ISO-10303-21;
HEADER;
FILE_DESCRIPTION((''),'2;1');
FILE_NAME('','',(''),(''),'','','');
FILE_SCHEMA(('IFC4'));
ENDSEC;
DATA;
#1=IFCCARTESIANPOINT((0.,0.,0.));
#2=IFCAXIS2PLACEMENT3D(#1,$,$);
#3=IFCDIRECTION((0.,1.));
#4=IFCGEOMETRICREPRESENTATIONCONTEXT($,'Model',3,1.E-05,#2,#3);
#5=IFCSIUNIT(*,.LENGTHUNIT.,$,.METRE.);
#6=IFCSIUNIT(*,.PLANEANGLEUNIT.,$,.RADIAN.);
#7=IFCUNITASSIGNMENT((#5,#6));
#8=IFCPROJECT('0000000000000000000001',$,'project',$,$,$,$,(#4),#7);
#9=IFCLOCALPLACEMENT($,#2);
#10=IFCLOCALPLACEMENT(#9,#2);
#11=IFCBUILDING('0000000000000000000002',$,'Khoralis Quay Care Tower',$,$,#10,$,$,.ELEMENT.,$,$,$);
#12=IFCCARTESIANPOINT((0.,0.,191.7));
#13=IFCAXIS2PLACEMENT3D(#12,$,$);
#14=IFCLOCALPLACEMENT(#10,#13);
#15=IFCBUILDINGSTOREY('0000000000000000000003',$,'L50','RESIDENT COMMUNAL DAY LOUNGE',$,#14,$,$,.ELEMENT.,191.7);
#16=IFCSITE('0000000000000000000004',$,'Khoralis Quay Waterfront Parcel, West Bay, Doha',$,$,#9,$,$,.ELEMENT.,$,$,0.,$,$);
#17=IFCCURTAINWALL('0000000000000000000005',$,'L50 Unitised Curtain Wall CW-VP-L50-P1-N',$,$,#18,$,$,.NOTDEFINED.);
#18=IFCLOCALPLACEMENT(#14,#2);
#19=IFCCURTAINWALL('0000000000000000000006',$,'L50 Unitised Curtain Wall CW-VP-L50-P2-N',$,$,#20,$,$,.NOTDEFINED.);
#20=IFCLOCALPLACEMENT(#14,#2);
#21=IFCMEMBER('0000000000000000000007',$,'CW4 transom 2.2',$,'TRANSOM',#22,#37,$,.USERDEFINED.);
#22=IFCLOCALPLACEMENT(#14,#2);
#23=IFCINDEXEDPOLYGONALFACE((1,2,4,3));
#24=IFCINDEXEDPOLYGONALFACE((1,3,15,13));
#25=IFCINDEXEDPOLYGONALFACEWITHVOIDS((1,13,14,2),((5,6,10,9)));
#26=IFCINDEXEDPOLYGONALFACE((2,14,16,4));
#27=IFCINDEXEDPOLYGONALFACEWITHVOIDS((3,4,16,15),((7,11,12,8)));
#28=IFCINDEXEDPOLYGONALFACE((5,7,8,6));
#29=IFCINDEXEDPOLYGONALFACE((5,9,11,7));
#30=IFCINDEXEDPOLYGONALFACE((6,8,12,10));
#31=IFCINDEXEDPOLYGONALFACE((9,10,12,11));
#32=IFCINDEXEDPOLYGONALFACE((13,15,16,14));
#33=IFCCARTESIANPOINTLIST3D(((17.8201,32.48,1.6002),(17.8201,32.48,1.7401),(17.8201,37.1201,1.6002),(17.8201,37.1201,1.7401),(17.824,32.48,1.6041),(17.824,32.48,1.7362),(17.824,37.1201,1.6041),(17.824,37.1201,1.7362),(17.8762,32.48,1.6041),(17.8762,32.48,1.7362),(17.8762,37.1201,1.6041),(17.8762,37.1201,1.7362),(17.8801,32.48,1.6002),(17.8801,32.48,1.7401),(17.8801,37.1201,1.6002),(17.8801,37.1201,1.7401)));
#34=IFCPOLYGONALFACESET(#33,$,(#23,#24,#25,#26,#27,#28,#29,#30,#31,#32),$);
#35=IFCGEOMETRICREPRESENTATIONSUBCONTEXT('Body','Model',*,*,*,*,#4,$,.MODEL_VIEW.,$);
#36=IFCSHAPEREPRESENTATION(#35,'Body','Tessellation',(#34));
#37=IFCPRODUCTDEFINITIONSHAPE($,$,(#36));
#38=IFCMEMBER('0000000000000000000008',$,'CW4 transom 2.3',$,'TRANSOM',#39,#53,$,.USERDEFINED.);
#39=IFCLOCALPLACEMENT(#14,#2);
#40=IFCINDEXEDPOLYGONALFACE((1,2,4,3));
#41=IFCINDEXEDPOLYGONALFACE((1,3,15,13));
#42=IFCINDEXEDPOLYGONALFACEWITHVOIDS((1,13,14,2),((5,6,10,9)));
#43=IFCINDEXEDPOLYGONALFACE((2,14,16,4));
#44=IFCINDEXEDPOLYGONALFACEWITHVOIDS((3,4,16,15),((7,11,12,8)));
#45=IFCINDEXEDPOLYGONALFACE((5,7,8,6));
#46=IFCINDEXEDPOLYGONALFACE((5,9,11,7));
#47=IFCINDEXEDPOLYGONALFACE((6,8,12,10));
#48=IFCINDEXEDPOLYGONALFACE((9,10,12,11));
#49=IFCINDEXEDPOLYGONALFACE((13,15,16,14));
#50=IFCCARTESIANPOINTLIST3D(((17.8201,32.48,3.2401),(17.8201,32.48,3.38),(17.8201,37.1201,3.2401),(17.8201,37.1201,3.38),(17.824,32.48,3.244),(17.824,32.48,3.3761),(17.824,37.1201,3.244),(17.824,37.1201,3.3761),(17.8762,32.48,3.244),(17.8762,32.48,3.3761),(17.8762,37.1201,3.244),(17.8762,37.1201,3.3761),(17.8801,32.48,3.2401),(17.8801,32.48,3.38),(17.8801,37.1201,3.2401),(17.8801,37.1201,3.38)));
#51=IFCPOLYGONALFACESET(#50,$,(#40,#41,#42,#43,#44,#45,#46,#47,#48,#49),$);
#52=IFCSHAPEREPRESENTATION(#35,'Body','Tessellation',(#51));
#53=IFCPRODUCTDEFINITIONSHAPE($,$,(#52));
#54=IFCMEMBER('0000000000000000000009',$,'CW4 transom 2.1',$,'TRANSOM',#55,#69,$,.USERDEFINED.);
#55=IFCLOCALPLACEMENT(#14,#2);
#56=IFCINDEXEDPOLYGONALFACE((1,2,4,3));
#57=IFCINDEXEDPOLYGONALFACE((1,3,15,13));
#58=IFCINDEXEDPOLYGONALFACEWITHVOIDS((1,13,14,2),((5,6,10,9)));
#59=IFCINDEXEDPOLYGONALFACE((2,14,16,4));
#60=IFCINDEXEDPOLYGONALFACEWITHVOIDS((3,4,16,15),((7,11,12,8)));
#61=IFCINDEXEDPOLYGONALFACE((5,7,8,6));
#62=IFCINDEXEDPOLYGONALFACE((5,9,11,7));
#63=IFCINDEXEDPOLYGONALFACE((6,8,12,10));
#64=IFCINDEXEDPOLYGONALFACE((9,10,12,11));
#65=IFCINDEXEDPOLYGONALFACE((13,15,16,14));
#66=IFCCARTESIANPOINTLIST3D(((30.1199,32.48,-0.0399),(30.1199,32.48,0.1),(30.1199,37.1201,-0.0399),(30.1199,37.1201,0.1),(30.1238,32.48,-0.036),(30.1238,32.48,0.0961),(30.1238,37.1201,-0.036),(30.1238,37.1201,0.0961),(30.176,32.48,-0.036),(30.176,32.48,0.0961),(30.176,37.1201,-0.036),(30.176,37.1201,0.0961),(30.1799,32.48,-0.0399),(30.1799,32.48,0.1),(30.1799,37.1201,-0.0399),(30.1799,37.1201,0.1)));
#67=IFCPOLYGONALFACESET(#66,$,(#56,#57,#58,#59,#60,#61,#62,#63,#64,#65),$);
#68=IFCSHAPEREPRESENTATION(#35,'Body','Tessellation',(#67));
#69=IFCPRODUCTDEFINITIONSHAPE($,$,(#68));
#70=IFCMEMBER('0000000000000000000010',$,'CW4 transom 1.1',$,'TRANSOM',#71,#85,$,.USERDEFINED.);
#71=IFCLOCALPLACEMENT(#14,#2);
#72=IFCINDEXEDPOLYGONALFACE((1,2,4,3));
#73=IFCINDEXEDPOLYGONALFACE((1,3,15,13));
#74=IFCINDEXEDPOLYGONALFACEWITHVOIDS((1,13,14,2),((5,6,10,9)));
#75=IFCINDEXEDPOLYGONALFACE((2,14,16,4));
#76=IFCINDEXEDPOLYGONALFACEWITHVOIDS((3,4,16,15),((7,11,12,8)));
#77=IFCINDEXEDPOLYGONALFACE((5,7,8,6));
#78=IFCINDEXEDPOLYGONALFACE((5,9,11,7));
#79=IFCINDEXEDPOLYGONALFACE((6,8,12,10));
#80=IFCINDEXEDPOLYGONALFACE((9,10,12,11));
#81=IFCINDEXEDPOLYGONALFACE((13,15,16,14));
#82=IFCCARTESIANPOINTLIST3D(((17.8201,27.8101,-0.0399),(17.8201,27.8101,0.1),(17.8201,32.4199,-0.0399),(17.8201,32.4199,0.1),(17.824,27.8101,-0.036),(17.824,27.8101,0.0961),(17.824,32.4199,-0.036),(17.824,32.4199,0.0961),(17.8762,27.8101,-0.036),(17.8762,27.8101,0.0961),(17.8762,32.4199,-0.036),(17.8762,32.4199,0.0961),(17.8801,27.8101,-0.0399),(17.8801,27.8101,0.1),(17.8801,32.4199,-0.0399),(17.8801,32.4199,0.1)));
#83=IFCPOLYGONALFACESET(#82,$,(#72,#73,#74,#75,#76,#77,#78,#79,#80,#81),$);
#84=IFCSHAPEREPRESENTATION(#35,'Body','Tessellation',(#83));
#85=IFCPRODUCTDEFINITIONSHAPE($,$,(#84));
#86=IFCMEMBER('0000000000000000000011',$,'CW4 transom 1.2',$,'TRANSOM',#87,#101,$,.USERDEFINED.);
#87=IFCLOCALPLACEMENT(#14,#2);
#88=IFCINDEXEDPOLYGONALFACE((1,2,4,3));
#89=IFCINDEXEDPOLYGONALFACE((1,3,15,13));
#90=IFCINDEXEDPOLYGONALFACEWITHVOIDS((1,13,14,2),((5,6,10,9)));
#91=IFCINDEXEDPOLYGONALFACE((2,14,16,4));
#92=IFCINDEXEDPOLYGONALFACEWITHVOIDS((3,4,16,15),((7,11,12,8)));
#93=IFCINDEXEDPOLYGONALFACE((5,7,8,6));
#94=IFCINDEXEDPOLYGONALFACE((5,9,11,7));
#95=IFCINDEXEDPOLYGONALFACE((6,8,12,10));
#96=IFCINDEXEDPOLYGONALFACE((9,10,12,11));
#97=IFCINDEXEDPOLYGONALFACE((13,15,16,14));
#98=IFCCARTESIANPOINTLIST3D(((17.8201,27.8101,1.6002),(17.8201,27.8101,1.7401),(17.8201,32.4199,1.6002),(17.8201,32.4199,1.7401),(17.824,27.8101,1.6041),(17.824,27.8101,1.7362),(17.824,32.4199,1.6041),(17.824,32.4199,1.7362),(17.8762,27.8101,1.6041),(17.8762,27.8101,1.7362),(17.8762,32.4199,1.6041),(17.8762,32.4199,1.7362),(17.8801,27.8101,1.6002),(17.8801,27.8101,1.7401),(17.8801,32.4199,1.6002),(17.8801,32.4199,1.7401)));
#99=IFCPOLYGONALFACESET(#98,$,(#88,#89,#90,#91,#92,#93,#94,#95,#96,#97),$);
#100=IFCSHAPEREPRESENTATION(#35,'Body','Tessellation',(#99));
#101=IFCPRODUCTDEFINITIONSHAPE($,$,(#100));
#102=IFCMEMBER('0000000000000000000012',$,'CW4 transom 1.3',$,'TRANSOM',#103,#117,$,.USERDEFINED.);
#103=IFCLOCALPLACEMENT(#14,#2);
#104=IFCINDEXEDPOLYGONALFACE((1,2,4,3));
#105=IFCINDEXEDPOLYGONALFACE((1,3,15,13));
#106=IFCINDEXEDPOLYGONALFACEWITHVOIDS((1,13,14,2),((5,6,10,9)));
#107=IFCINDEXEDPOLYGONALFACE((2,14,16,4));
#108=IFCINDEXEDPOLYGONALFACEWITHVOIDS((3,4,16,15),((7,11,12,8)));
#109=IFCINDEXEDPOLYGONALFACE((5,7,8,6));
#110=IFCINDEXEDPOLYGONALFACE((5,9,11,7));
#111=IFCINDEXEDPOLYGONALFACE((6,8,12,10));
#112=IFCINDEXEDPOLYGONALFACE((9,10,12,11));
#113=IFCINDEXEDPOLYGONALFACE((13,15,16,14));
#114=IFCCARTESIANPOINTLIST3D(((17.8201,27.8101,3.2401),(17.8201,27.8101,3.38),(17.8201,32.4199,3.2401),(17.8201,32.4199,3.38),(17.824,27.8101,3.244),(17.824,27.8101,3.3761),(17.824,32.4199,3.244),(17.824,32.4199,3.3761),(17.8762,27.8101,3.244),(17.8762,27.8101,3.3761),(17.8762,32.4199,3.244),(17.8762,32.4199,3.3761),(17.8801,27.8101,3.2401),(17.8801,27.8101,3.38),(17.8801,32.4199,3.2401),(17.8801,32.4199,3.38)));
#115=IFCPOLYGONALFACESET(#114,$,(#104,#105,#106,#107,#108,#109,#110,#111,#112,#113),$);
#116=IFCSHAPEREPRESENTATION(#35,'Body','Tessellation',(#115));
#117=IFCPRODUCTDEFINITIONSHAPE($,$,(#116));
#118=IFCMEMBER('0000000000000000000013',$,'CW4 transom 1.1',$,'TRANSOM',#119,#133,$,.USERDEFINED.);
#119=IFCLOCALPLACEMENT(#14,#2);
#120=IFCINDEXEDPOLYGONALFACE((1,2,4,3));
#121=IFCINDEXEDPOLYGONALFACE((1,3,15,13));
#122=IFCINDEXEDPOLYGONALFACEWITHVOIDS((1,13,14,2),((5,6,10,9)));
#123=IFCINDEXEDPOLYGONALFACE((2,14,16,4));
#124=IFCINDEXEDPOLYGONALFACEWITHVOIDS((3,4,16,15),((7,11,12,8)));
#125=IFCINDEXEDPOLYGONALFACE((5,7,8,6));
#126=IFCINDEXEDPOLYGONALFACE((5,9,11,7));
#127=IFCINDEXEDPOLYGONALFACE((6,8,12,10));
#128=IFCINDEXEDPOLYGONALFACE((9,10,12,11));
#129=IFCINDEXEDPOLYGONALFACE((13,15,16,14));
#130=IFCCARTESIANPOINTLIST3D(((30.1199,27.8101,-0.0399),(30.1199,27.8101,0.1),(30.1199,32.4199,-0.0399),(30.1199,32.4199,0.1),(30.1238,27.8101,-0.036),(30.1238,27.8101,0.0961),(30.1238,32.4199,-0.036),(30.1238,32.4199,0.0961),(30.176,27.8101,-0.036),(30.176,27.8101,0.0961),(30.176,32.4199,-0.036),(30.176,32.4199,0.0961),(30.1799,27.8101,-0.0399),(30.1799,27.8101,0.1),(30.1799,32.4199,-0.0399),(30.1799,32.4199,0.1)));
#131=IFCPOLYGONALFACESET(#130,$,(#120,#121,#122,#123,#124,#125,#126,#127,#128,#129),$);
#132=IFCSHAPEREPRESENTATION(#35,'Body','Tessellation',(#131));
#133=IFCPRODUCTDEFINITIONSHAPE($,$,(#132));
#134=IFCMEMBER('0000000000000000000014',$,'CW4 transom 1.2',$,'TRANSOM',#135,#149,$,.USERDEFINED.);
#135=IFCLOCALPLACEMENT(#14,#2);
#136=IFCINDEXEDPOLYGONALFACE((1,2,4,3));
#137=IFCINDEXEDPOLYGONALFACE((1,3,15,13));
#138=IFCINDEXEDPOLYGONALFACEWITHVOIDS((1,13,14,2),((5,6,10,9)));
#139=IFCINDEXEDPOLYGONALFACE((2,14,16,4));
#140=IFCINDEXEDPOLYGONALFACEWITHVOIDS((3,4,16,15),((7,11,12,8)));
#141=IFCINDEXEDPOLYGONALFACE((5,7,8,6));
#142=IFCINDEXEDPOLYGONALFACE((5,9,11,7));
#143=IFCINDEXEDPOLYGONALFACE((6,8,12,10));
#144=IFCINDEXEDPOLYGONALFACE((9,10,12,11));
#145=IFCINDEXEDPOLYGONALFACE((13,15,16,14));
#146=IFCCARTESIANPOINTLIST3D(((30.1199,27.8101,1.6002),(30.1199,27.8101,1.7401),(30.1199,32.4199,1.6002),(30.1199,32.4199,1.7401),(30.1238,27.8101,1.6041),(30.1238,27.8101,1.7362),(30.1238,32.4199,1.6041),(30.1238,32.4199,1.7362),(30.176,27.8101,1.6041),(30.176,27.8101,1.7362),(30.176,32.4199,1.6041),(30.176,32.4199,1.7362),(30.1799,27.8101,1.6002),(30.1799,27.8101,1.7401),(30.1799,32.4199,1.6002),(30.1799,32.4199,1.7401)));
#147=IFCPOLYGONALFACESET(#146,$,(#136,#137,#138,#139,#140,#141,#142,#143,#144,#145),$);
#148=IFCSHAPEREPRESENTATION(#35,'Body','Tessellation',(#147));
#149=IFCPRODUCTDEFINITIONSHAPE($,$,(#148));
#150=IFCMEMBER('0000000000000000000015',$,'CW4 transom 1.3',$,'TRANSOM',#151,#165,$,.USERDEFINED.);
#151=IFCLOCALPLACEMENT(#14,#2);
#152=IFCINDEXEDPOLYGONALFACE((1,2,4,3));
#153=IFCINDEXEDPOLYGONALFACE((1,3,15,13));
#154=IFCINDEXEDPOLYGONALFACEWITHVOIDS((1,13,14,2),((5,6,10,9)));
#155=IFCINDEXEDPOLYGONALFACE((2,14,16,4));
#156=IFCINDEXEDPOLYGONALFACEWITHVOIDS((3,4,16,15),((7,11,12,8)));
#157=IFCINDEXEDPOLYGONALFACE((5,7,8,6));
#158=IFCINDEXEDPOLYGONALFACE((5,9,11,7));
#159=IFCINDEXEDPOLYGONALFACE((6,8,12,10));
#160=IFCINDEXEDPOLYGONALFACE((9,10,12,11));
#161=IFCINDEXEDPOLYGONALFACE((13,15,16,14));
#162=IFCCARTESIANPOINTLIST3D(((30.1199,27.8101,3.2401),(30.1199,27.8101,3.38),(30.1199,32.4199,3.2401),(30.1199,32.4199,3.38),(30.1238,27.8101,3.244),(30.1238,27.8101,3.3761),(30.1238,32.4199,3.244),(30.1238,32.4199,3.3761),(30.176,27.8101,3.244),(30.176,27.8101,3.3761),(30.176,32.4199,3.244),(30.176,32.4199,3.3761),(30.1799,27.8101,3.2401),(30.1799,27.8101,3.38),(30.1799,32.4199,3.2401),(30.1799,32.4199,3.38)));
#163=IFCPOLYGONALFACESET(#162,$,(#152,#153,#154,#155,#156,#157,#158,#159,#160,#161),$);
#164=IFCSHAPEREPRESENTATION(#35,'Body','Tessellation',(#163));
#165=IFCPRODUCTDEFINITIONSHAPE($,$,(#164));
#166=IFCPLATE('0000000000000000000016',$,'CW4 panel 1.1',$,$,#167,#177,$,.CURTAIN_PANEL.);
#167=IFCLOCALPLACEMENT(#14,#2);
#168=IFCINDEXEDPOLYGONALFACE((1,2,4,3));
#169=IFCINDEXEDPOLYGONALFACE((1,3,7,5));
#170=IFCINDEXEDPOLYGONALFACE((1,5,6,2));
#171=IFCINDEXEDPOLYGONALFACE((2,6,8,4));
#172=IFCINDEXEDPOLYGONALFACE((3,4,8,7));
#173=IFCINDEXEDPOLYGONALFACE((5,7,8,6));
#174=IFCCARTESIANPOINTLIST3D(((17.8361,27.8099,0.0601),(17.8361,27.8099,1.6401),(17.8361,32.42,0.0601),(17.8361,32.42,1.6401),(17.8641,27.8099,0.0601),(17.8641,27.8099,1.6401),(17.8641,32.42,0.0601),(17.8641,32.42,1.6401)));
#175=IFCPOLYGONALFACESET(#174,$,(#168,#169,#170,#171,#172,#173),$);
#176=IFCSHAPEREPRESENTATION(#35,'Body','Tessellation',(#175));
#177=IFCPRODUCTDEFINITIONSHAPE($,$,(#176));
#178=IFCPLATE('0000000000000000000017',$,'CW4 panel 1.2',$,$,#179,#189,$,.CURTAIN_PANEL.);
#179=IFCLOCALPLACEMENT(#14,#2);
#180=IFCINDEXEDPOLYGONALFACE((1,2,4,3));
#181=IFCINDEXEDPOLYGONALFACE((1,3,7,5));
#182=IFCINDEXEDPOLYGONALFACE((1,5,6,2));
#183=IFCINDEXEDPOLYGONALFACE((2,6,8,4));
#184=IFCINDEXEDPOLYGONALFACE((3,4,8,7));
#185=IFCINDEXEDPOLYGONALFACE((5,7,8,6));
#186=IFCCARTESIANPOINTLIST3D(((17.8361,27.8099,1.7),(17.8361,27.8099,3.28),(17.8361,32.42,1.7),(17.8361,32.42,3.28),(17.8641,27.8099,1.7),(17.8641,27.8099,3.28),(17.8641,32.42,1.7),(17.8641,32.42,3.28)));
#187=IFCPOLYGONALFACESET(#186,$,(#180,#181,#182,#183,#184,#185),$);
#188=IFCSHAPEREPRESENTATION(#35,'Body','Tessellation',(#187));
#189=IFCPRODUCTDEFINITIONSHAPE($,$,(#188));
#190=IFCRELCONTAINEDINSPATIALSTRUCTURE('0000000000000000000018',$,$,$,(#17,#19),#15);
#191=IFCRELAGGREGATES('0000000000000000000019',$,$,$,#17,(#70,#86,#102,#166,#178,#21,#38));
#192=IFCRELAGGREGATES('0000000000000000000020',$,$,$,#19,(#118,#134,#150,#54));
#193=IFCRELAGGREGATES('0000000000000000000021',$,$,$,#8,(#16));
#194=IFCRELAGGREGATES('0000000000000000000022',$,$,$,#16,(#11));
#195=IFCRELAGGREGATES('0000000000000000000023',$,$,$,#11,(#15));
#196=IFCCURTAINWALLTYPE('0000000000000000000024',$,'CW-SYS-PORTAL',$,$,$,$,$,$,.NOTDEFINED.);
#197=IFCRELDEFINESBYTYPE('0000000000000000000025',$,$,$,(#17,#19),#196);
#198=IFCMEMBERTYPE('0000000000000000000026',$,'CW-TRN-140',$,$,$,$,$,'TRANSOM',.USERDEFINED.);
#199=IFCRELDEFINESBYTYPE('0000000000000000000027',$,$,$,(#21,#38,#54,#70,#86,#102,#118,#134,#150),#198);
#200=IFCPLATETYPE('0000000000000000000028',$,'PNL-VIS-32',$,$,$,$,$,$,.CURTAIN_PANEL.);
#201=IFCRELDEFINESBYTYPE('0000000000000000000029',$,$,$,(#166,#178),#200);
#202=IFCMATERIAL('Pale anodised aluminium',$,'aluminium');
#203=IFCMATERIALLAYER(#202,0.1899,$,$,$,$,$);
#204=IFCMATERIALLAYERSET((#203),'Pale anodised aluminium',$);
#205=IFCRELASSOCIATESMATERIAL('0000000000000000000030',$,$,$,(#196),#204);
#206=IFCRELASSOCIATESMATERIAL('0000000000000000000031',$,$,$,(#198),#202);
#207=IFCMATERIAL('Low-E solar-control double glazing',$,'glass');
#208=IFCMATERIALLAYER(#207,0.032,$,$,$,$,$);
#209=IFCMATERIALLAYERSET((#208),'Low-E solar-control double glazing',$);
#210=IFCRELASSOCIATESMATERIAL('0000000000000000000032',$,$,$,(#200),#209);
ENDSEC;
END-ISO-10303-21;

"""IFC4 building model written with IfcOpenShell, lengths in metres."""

from ifc_helpers import new_model, si_unit, direction, frame, origin, origin_2d, place, context, subcontext, project, spatial, rectangle, hollow_rectangle, extrude, source, transform, mapped, material, layer, layer_set, material_profile, profile_set, type_object, element, aggregate, save


model = new_model("IFC4")

# Units and contexts
model_context = context("Model", 3, precision=1e-05, world=origin(), true_north=direction((0.0, 1.0)))
body_context = subcontext(model_context, "Body", "Model", "MODEL_VIEW")
ifc_project = project(units=[si_unit("LENGTHUNIT", "METRE"), si_unit("PLANEANGLEUNIT", "RADIAN")], contexts=[model_context])

# Site, building, storey
site_placement = place(None, origin())
site = spatial("IfcSite", under=ifc_project, at=site_placement, Name="Khoralis Quay Waterfront Parcel, West Bay, Doha", CompositionType="ELEMENT", RefElevation=0.0)
building_placement = place(site_placement, origin())
building = spatial("IfcBuilding", under=site, at=building_placement, Name="Khoralis Quay Care Tower", CompositionType="ELEMENT")
storey_placement = place(building_placement, frame((0.0, 0.0, 191.7)))
storey = spatial("IfcBuildingStorey", under=building, at=storey_placement, Name="L50", Description="RESIDENT COMMUNAL DAY LOUNGE", CompositionType="ELEMENT", Elevation=191.7)

# Curtain wall
ifc_material_1 = material(Name="Pale anodised aluminium", Category="aluminium")
ifc_layer_1 = layer(ifc_material_1, 0.1899)
ifc_layer_set_1 = layer_set([ifc_layer_1], Name="Pale anodised aluminium")
curtain_wall_type = type_object("IfcCurtainWallType", Name="CW-SYS-PORTAL", PredefinedType="NOTDEFINED", material=ifc_layer_set_1)
curtain_wall_1_placement = place(storey_placement, origin())
curtain_wall_1 = element("IfcCurtainWall", 1, at=curtain_wall_1_placement, inside=storey, type_object=curtain_wall_type, Name="L50 Unitised Curtain Wall CW-VP-L50-P1-N", PredefinedType="NOTDEFINED")

# Curtain wall
curtain_wall_2_placement = place(storey_placement, origin())
curtain_wall_2 = element("IfcCurtainWall", 2, at=curtain_wall_2_placement, inside=storey, type_object=curtain_wall_type, Name="L50 Unitised Curtain Wall CW-VP-L50-P2-N", PredefinedType="NOTDEFINED")

# Members
ifc_material_profile_1 = material_profile(ifc_material_1, hollow_rectangle(XDim=0.0601, YDim=0.1399, WallThickness=0.0039, at=origin_2d()), Name="Pale anodised aluminium")
ifc_profile_set_1 = profile_set([ifc_material_profile_1], Name="Pale anodised aluminium")
member_type_1 = type_object("IfcMemberType", Name="CW-TRN-140", ElementType="TRANSOM", PredefinedType="USERDEFINED", material=ifc_profile_set_1)
shared_shape_1 = source(origin(), body_context, "Body", "SweptSolid", [
    extrude(hollow_rectangle(XDim=0.0601, YDim=0.1399, WallThickness=0.0039, at=origin_2d()), origin(), (0.0, 0.0, 1.0), 4.6401),
])
member_1_placement = place(storey_placement, frame((17.8501, 32.48, 1.6702), z_axis=(0.0, 1.0, 0.0), x_axis=(-1.0, 0.0, 0.0)))
member_1 = element("IfcMember", 3, at=member_1_placement, type_object=member_type_1, Name="CW4 transom 2.2", ObjectType="TRANSOM", PredefinedType="USERDEFINED", context=body_context, shape_type="MappedRepresentation", body=[
    mapped(shared_shape_1, transform((0.0, 0.0, 0.0), scale=1.0)),
])
member_2_placement = place(storey_placement, frame((17.8501, 32.48, 3.3101), z_axis=(0.0, 1.0, 0.0), x_axis=(-1.0, 0.0, 0.0)))
member_2 = element("IfcMember", 4, at=member_2_placement, type_object=member_type_1, Name="CW4 transom 2.3", ObjectType="TRANSOM", PredefinedType="USERDEFINED", context=body_context, shape_type="MappedRepresentation", body=[
    mapped(shared_shape_1, transform((0.0, 0.0, 0.0), scale=1.0)),
])
member_3_placement = place(storey_placement, frame((30.1499, 32.48, 0.03), z_axis=(0.0, 1.0, 0.0), x_axis=(-1.0, 0.0, 0.0)))
member_3 = element("IfcMember", 5, at=member_3_placement, type_object=member_type_1, Name="CW4 transom 2.1", ObjectType="TRANSOM", PredefinedType="USERDEFINED", context=body_context, shape_type="MappedRepresentation", body=[
    mapped(shared_shape_1, transform((0.0, 0.0, 0.0), scale=1.0)),
])
shared_shape_2 = source(origin(), body_context, "Body", "SweptSolid", [
    extrude(hollow_rectangle(XDim=0.0601, YDim=0.1399, WallThickness=0.0039, at=origin_2d()), origin(), (0.0, 0.0, 1.0), 4.6099),
])
member_4_placement = place(storey_placement, frame((17.8501, 27.8101, 0.03), z_axis=(0.0, 1.0, 0.0), x_axis=(-1.0, 0.0, 0.0)))
member_4 = element("IfcMember", 6, at=member_4_placement, type_object=member_type_1, Name="CW4 transom 1.1", ObjectType="TRANSOM", PredefinedType="USERDEFINED", context=body_context, shape_type="MappedRepresentation", body=[
    mapped(shared_shape_2, transform((0.0, 0.0, 0.0), scale=1.0)),
])
member_5_placement = place(storey_placement, frame((17.8501, 27.8101, 1.6702), z_axis=(0.0, 1.0, 0.0), x_axis=(-1.0, 0.0, 0.0)))
member_5 = element("IfcMember", 7, at=member_5_placement, type_object=member_type_1, Name="CW4 transom 1.2", ObjectType="TRANSOM", PredefinedType="USERDEFINED", context=body_context, shape_type="MappedRepresentation", body=[
    mapped(shared_shape_2, transform((0.0, 0.0, 0.0), scale=1.0)),
])
member_6_placement = place(storey_placement, frame((17.8501, 27.8101, 3.3101), z_axis=(0.0, 1.0, 0.0), x_axis=(-1.0, 0.0, 0.0)))
member_6 = element("IfcMember", 8, at=member_6_placement, type_object=member_type_1, Name="CW4 transom 1.3", ObjectType="TRANSOM", PredefinedType="USERDEFINED", context=body_context, shape_type="MappedRepresentation", body=[
    mapped(shared_shape_2, transform((0.0, 0.0, 0.0), scale=1.0)),
])
member_7_placement = place(storey_placement, frame((30.1499, 27.8101, 0.03), z_axis=(0.0, 1.0, 0.0), x_axis=(-1.0, 0.0, 0.0)))
member_7 = element("IfcMember", 9, at=member_7_placement, type_object=member_type_1, Name="CW4 transom 1.1", ObjectType="TRANSOM", PredefinedType="USERDEFINED", context=body_context, shape_type="MappedRepresentation", body=[
    mapped(shared_shape_2, transform((0.0, 0.0, 0.0), scale=1.0)),
])
member_8_placement = place(storey_placement, frame((30.1499, 27.8101, 1.6702), z_axis=(0.0, 1.0, 0.0), x_axis=(-1.0, 0.0, 0.0)))
member_8 = element("IfcMember", 10, at=member_8_placement, type_object=member_type_1, Name="CW4 transom 1.2", ObjectType="TRANSOM", PredefinedType="USERDEFINED", context=body_context, shape_type="MappedRepresentation", body=[
    mapped(shared_shape_2, transform((0.0, 0.0, 0.0), scale=1.0)),
])
member_9_placement = place(storey_placement, frame((30.1499, 27.8101, 3.3101), z_axis=(0.0, 1.0, 0.0), x_axis=(-1.0, 0.0, 0.0)))
member_9 = element("IfcMember", 11, at=member_9_placement, type_object=member_type_1, Name="CW4 transom 1.3", ObjectType="TRANSOM", PredefinedType="USERDEFINED", context=body_context, shape_type="MappedRepresentation", body=[
    mapped(shared_shape_2, transform((0.0, 0.0, 0.0), scale=1.0)),
])

# Plates
ifc_material_2 = material(Name="Low-E solar-control double glazing", Category="glass")
ifc_layer_2 = layer(ifc_material_2, 0.032)
ifc_layer_set_2 = layer_set([ifc_layer_2], Name="Low-E solar-control double glazing")
plate_type = type_object("IfcPlateType", Name="PNL-VIS-32", PredefinedType="CURTAIN_PANEL", material=ifc_layer_set_2)
shared_shape_3 = source(origin(), body_context, "Body", "SweptSolid", [
    extrude(rectangle(XDim=4.6101, YDim=0.0281, at=origin_2d()), origin(), (0.0, 0.0, 1.0), 1.5801),
])
plate_1_placement = place(storey_placement, frame((17.8501, 30.115, 0.0601), z_axis=(0.0, 0.0, 1.0), x_axis=(0.0, 1.0, 0.0)))
plate_1 = element("IfcPlate", 12, at=plate_1_placement, type_object=plate_type, Name="CW4 panel 1.1", PredefinedType="CURTAIN_PANEL", context=body_context, shape_type="MappedRepresentation", body=[
    mapped(shared_shape_3, transform((0.0, 0.0, 0.0), scale=1.0)),
])
plate_2_placement = place(storey_placement, frame((17.8501, 30.115, 1.7), z_axis=(0.0, 0.0, 1.0), x_axis=(0.0, 1.0, 0.0)))
plate_2 = element("IfcPlate", 13, at=plate_2_placement, type_object=plate_type, Name="CW4 panel 1.2", PredefinedType="CURTAIN_PANEL", context=body_context, shape_type="MappedRepresentation", body=[
    mapped(shared_shape_3, transform((0.0, 0.0, 0.0), scale=1.0)),
])
aggregate(curtain_wall_1, [member_4, member_5, member_6, plate_1, plate_2, member_1, member_2])
aggregate(curtain_wall_2, [member_7, member_8, member_9, member_3])

save(model, "model.ifc")
